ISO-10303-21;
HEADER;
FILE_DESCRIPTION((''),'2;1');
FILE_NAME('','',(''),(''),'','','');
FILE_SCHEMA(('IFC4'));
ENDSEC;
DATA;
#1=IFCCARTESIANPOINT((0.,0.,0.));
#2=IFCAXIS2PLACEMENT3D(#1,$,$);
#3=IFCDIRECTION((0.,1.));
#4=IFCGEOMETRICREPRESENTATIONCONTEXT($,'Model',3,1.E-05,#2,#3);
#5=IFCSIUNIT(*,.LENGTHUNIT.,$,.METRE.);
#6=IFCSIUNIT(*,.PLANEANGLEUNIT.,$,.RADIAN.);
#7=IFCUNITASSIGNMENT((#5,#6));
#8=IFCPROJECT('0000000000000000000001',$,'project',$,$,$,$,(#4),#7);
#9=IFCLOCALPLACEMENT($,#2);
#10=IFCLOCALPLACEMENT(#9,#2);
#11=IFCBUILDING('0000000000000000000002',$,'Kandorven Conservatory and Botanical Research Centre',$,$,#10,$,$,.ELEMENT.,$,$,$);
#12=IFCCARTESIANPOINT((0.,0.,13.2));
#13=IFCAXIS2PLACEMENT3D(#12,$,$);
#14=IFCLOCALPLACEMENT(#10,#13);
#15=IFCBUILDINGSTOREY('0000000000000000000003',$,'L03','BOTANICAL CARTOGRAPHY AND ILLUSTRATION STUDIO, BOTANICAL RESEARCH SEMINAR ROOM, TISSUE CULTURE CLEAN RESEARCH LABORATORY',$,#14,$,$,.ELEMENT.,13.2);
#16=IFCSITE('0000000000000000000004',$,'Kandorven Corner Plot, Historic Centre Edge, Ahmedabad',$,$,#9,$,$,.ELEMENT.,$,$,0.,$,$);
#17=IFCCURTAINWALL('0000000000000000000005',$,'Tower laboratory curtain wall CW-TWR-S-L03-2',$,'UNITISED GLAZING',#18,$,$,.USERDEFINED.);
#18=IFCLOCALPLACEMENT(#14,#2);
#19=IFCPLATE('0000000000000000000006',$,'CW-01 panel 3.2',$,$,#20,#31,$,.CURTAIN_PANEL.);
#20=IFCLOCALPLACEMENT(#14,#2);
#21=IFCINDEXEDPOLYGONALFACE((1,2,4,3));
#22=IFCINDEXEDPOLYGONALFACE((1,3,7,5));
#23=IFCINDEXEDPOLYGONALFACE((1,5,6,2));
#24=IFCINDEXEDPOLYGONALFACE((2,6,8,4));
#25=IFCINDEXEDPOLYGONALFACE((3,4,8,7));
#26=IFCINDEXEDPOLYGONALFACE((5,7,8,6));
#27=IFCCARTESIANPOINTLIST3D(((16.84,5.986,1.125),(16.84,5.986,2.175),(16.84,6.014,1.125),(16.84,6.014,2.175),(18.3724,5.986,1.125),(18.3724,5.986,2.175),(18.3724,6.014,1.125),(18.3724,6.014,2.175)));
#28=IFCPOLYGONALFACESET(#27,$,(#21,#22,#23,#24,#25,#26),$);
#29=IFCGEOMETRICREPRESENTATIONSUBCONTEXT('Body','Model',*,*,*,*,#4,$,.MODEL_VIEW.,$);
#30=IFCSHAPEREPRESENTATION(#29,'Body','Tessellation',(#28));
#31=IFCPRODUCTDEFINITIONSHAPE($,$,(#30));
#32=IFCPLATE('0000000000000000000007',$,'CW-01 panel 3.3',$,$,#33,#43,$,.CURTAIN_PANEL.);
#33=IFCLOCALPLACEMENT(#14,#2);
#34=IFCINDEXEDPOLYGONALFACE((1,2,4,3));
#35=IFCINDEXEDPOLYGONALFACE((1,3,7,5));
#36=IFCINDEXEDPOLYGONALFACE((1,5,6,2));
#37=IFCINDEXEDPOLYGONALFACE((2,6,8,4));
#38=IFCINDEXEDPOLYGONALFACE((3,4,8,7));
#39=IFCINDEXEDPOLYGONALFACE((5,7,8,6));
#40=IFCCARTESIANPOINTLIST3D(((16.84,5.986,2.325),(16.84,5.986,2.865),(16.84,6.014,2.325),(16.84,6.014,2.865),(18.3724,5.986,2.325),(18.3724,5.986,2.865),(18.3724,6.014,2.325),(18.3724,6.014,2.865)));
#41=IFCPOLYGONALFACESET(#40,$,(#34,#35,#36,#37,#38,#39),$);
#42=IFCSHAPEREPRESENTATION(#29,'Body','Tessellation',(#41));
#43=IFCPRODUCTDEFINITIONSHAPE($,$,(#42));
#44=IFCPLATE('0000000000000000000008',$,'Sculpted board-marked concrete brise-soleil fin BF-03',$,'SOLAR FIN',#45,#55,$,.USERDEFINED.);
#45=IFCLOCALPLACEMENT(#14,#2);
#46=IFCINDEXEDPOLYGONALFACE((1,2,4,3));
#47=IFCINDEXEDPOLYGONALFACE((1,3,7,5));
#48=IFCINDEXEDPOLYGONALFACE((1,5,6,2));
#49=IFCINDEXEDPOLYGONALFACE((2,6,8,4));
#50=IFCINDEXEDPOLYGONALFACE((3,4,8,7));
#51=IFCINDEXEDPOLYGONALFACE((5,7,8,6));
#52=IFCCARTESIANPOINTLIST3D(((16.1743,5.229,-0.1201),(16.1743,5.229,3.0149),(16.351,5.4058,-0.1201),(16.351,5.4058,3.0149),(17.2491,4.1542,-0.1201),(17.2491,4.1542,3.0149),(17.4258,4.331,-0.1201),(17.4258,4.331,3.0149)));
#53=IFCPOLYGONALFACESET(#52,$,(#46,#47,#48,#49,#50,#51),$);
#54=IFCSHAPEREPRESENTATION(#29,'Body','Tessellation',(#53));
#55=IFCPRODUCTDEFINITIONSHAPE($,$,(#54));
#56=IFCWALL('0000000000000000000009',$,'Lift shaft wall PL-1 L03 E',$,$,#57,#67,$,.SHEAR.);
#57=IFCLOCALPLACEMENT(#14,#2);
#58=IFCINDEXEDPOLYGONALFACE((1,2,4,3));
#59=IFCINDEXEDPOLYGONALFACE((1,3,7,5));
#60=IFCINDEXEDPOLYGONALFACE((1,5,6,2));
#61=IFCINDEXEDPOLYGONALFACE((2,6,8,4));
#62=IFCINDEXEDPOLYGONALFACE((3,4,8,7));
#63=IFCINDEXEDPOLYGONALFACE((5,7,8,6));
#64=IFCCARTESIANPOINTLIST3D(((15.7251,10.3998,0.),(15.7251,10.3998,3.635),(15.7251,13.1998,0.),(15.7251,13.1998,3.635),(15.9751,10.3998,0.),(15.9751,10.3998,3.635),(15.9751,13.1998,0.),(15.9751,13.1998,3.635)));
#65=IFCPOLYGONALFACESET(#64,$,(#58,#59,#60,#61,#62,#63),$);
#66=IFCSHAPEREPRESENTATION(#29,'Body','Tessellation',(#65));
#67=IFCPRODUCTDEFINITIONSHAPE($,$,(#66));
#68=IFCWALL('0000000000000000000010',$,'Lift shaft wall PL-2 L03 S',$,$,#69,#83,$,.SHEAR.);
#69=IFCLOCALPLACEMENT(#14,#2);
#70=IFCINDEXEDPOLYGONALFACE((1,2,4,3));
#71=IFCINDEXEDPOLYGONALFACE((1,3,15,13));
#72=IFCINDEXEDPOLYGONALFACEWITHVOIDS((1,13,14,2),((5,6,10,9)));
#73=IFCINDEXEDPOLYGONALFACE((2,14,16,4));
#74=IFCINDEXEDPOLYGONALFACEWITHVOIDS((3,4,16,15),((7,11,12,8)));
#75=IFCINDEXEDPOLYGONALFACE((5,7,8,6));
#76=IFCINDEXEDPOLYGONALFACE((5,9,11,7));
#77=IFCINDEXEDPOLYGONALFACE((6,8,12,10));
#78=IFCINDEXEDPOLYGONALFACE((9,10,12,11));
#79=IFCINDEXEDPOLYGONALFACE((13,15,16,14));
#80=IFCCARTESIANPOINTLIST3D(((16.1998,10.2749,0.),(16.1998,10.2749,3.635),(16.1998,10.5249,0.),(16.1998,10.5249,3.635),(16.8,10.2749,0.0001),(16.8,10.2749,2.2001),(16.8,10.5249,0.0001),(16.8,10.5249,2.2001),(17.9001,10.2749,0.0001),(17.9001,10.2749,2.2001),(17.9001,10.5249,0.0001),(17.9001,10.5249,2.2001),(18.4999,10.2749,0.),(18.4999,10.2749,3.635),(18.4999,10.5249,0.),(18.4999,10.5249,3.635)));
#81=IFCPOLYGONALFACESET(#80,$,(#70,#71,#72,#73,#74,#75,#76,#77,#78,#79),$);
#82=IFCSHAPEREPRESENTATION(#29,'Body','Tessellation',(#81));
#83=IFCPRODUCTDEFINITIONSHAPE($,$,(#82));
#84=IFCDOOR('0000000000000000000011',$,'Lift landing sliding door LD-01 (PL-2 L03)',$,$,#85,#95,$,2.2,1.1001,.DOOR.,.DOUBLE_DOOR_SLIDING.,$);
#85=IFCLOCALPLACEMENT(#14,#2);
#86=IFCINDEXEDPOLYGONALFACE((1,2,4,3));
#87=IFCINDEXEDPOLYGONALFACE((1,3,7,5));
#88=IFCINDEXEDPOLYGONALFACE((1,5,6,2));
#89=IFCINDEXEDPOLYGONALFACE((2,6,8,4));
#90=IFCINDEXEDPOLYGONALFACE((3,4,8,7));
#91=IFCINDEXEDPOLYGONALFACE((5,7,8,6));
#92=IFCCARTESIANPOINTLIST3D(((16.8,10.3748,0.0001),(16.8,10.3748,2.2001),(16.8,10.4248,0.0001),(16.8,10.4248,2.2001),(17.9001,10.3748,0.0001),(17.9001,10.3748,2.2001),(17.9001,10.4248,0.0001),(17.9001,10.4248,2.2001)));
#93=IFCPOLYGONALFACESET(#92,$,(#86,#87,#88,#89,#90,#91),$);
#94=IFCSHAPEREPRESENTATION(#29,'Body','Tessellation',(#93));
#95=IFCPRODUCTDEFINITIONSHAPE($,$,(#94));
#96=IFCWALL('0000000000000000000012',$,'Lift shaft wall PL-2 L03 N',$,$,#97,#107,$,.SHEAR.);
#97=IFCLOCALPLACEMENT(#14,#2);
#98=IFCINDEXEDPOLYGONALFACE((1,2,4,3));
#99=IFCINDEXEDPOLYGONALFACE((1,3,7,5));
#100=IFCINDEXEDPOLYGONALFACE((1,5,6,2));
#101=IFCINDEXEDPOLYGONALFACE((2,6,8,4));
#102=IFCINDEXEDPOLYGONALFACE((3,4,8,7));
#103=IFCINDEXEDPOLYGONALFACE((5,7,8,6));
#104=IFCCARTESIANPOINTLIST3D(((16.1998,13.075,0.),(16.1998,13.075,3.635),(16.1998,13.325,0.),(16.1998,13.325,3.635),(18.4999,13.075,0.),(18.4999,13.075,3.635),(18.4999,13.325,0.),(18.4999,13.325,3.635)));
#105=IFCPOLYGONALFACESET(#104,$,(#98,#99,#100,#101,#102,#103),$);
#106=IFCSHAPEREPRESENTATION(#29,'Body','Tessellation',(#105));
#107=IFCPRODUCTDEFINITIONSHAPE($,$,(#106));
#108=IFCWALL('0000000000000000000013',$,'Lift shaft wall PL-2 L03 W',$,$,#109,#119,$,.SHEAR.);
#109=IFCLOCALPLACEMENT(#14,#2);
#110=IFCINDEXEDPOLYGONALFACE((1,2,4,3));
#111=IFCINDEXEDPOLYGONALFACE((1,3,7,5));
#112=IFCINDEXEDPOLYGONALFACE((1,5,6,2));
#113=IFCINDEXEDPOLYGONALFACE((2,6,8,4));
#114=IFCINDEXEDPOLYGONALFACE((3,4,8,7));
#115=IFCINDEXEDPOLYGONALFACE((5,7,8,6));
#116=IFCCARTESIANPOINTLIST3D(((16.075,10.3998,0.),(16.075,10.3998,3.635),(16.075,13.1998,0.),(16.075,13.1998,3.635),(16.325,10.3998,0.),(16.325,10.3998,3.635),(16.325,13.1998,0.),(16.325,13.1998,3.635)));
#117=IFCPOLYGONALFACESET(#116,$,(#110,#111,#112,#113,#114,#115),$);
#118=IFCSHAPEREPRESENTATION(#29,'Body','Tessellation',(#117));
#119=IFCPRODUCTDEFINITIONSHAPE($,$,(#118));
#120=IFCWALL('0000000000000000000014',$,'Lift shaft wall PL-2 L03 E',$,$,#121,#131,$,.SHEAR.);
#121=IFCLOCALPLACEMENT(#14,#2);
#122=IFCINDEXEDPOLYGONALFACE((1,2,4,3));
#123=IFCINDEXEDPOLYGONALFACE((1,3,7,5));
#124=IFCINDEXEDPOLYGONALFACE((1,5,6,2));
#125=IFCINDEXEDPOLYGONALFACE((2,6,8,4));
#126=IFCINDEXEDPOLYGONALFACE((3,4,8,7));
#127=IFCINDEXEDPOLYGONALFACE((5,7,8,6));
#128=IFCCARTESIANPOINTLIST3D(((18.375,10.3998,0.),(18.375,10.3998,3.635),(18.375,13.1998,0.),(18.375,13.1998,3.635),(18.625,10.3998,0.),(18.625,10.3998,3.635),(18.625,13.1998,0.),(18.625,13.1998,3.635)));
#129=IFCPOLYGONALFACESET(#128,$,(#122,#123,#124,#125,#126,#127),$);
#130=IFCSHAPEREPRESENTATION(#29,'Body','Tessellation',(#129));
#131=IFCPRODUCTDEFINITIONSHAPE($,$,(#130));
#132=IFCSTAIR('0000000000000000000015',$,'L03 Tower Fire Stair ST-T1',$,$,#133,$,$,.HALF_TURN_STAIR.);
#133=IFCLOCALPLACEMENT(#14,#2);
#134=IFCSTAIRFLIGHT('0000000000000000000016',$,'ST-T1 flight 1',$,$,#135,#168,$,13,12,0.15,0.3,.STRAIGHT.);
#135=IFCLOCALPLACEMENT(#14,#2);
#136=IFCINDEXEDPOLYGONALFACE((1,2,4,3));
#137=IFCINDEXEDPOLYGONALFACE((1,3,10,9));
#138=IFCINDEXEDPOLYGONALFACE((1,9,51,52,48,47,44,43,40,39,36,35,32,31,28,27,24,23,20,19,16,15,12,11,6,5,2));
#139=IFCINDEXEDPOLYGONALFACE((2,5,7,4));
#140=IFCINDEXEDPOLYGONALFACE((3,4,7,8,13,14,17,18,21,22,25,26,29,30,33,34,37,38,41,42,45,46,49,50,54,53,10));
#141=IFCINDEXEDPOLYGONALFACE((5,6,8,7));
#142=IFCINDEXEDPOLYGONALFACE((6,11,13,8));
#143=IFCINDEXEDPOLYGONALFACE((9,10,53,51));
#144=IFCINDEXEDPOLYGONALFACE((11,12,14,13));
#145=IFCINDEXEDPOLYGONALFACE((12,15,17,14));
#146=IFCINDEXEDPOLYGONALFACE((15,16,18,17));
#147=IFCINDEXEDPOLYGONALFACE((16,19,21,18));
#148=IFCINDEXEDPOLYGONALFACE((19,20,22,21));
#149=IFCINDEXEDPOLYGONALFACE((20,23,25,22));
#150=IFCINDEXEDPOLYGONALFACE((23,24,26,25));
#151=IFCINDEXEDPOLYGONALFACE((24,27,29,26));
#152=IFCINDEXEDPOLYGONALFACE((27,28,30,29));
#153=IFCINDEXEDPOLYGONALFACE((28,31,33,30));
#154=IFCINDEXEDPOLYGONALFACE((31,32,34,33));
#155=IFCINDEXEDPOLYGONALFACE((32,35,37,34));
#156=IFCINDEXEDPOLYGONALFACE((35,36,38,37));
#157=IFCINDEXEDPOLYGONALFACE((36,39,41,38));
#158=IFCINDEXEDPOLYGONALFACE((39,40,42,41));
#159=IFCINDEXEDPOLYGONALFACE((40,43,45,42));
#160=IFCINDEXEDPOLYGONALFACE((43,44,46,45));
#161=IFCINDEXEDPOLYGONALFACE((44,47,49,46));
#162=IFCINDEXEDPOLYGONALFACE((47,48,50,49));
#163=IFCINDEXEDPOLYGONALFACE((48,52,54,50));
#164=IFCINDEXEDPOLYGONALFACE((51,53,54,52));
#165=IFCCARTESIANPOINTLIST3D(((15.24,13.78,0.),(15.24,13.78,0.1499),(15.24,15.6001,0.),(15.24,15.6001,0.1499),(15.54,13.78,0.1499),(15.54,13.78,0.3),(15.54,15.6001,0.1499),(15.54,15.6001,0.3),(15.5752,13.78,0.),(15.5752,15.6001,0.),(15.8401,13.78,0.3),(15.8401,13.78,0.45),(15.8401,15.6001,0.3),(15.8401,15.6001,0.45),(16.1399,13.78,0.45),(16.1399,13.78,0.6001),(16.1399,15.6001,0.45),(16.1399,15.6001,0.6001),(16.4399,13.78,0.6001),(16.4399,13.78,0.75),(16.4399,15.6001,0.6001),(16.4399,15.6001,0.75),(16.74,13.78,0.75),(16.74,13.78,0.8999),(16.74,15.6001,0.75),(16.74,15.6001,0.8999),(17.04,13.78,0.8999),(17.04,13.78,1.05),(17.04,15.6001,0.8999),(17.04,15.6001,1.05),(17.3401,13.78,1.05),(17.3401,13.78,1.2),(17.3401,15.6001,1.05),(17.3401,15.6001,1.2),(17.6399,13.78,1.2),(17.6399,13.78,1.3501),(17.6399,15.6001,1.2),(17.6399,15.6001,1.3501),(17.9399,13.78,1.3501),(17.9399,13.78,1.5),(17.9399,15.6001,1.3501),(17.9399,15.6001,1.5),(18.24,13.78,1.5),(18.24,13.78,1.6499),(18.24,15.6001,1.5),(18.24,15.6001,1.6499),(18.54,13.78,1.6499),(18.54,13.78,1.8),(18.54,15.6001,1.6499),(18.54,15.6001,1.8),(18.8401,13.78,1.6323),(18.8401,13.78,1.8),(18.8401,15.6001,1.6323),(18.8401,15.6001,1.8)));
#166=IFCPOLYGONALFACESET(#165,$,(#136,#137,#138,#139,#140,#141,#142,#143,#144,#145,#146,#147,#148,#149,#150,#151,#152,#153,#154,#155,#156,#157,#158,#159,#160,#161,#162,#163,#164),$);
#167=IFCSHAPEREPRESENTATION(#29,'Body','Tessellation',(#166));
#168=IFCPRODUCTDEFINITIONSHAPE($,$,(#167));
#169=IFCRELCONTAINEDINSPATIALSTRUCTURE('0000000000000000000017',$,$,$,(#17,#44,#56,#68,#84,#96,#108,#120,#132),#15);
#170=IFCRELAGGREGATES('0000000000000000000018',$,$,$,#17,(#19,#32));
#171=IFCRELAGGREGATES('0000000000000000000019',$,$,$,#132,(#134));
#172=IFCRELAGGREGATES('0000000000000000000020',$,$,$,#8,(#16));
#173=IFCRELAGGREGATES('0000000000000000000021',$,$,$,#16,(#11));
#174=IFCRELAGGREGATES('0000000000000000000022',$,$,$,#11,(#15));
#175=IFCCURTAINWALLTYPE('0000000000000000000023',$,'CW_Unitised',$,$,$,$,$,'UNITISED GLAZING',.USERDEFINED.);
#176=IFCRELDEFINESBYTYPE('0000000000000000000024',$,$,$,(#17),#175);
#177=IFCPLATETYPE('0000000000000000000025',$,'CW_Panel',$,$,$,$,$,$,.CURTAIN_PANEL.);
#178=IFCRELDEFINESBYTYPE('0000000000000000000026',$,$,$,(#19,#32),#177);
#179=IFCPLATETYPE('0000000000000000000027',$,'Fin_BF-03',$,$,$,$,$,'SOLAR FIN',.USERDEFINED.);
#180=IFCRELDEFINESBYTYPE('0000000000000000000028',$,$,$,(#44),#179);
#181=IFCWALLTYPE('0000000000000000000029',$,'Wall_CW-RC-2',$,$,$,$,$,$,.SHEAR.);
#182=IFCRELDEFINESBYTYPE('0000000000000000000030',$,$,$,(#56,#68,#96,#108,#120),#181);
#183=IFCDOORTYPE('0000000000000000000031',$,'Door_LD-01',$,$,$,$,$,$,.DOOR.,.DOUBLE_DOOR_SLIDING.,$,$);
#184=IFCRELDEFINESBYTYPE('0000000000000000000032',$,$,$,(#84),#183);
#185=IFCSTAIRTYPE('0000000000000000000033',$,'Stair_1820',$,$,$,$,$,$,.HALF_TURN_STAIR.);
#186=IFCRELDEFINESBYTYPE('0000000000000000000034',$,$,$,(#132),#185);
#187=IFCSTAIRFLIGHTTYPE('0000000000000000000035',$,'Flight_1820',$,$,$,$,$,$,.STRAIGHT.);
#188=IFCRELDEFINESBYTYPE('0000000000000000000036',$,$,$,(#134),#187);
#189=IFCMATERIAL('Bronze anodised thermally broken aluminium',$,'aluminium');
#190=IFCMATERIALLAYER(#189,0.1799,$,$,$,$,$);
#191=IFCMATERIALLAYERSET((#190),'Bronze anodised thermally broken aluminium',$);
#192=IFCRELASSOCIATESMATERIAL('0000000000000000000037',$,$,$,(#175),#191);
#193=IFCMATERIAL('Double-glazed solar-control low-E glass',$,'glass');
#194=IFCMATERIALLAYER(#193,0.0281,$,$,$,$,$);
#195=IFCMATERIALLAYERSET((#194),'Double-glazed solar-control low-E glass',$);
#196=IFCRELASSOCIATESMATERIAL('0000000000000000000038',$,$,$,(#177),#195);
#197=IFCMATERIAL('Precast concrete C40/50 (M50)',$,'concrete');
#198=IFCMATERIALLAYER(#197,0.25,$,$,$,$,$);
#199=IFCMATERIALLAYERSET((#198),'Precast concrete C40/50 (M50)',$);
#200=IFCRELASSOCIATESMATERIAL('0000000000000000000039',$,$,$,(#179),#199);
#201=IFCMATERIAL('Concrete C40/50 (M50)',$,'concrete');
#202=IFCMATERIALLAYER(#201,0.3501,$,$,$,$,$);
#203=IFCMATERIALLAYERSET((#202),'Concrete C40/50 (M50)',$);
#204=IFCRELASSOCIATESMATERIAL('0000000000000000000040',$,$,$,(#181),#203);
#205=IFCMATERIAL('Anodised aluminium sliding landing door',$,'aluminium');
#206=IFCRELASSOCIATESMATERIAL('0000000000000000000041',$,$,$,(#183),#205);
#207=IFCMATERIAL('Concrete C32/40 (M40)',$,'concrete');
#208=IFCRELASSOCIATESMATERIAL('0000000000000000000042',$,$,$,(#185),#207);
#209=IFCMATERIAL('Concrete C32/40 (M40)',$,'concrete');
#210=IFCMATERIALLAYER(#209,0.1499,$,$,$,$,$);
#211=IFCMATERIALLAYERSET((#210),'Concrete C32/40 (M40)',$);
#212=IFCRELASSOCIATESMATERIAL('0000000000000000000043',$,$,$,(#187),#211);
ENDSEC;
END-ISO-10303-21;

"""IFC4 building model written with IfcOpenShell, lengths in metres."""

from ifc_helpers import new_model, si_unit, direction, frame, frame_2d, origin, origin_2d, place, context, subcontext, project, spatial, polyline, rectangle, outline, extrude, material, layer, layer_set, type_object, element, fill, aggregate, save


model = new_model("IFC4")

# Units and contexts
model_context = context("Model", 3, precision=1e-05, world=origin(), true_north=direction((0.0, 1.0)))
body_context = subcontext(model_context, "Body", "Model", "MODEL_VIEW")
ifc_project = project(units=[si_unit("LENGTHUNIT", "METRE"), si_unit("PLANEANGLEUNIT", "RADIAN")], contexts=[model_context])

# Site, building, storey
site_placement = place(None, origin())
site = spatial("IfcSite", under=ifc_project, at=site_placement, Name="Kandorven Corner Plot, Historic Centre Edge, Ahmedabad", CompositionType="ELEMENT", RefElevation=0.0)
building_placement = place(site_placement, origin())
building = spatial("IfcBuilding", under=site, at=building_placement, Name="Kandorven Conservatory and Botanical Research Centre", CompositionType="ELEMENT")
storey_placement = place(building_placement, frame((0.0, 0.0, 13.2)))
storey = spatial("IfcBuildingStorey", under=building, at=storey_placement, Name="L03", Description="BOTANICAL CARTOGRAPHY AND ILLUSTRATION STUDIO, BOTANICAL RESEARCH SEMINAR ROOM, TISSUE CULTURE CLEAN RESEARCH LABORATORY", CompositionType="ELEMENT", Elevation=13.2)

# Curtain wall, plates
ifc_material_1 = material(Name="Bronze anodised thermally broken aluminium", Category="aluminium")
ifc_layer_1 = layer(ifc_material_1, 0.1799)
ifc_layer_set_1 = layer_set([ifc_layer_1], Name="Bronze anodised thermally broken aluminium")
curtain_wall_type = type_object("IfcCurtainWallType", Name="CW_Unitised", ElementType="UNITISED GLAZING", PredefinedType="USERDEFINED", material=ifc_layer_set_1)
curtain_wall_placement = place(storey_placement, origin())
curtain_wall = element("IfcCurtainWall", 1, at=curtain_wall_placement, inside=storey, type_object=curtain_wall_type, Name="Tower laboratory curtain wall CW-TWR-S-L03-2", ObjectType="UNITISED GLAZING", PredefinedType="USERDEFINED")
ifc_material_2 = material(Name="Double-glazed solar-control low-E glass", Category="glass")
ifc_layer_2 = layer(ifc_material_2, 0.0281)
ifc_layer_set_2 = layer_set([ifc_layer_2], Name="Double-glazed solar-control low-E glass")
plate_type_1 = type_object("IfcPlateType", Name="CW_Panel", PredefinedType="CURTAIN_PANEL", material=ifc_layer_set_2)
plate_1_placement = place(storey_placement, frame((17.6062, 6.0, 1.125), z_axis=(0.0, 0.0, 1.0), x_axis=(1.0, 0.0, 0.0)))
plate_1 = element("IfcPlate", 2, at=plate_1_placement, type_object=plate_type_1, Name="CW-01 panel 3.2", PredefinedType="CURTAIN_PANEL", context=body_context, shape_type="SweptSolid", body=[
    extrude(rectangle(XDim=1.5325, YDim=0.0281, at=origin_2d()), origin(), (0.0, 0.0, 1.0), 1.05),
])
plate_2_placement = place(storey_placement, frame((17.6062, 6.0, 2.325), z_axis=(0.0, 0.0, 1.0), x_axis=(1.0, 0.0, 0.0)))
plate_2 = element("IfcPlate", 3, at=plate_2_placement, type_object=plate_type_1, Name="CW-01 panel 3.3", PredefinedType="CURTAIN_PANEL", context=body_context, shape_type="SweptSolid", body=[
    extrude(rectangle(XDim=1.5325, YDim=0.0281, at=origin_2d()), origin(), (0.0, 0.0, 1.0), 0.54),
])
aggregate(curtain_wall, [plate_1, plate_2])

# Plate
ifc_material_3 = material(Name="Precast concrete C40/50 (M50)", Category="concrete")
ifc_layer_3 = layer(ifc_material_3, 0.25)
ifc_layer_set_3 = layer_set([ifc_layer_3], Name="Precast concrete C40/50 (M50)")
plate_type_2 = type_object("IfcPlateType", Name="Fin_BF-03", ElementType="SOLAR FIN", PredefinedType="USERDEFINED", material=ifc_layer_set_3)
plate_3_placement = place(storey_placement, frame((16.8, 4.78, -0.1201), z_axis=(0.0, 0.0, 1.0), x_axis=(-0.707107, 0.707107, 0.0)))
element("IfcPlate", 4, at=plate_3_placement, inside=storey, type_object=plate_type_2, Name="Sculpted board-marked concrete brise-soleil fin BF-03", ObjectType="SOLAR FIN", PredefinedType="USERDEFINED", context=body_context, shape_type="SweptSolid", body=[
    extrude(rectangle(XDim=1.52, YDim=0.25, at=origin_2d()), origin(), (0.0, 0.0, 1.0), 3.135),
])

# Wall
ifc_material_4 = material(Name="Concrete C40/50 (M50)", Category="concrete")
ifc_layer_4 = layer(ifc_material_4, 0.3501)
ifc_layer_set_4 = layer_set([ifc_layer_4], Name="Concrete C40/50 (M50)")
wall_type = type_object("IfcWallType", Name="Wall_CW-RC-2", PredefinedType="SHEAR", material=ifc_layer_set_4)
wall_1_placement = place(storey_placement, frame((15.8501, 10.3999, 0.0), z_axis=(0.0, 0.0, 1.0), x_axis=(0.0, 1.0, 0.0)))
element("IfcWall", 5, at=wall_1_placement, inside=storey, type_object=wall_type, Name="Lift shaft wall PL-1 L03 E", PredefinedType="SHEAR", context=body_context, shape_type="SweptSolid", body=[
    extrude(rectangle(XDim=2.8, YDim=0.25, at=frame_2d((1.3999, 0.0))), origin(), (0.0, 0.0, 1.0), 3.635),
])

# Wall, opening, door
wall_2_placement = place(storey_placement, frame((16.2, 10.3999, 0.0), z_axis=(0.0, 0.0, 1.0), x_axis=(1.0, 0.0, 0.0)))
wall_2 = element("IfcWall", 6, at=wall_2_placement, inside=storey, type_object=wall_type, Name="Lift shaft wall PL-2 L03 S", PredefinedType="SHEAR", context=body_context, shape_type="SweptSolid", body=[
    extrude(rectangle(XDim=2.3, YDim=0.25, at=frame_2d((1.1499, 0.0))), origin(), (0.0, 0.0, 1.0), 3.635),
])
opening_placement = place(wall_2_placement, frame((0.6001, 0.0, 0.0)))
opening = element("IfcOpeningElement", 7, at=opening_placement, cuts=wall_2, PredefinedType="OPENING", context=body_context, shape_type="SweptSolid", body=[
    extrude(rectangle(XDim=1.1001, YDim=2.2, at=frame_2d((0.55, 1.1001))), frame((0.0, 0.135, 0.0), z_axis=(0.0, -1.0, 0.0), x_axis=(1.0, 0.0, 0.0)), (0.0, 0.0, 1.0), 0.27),
])
ifc_material_5 = material(Name="Anodised aluminium sliding landing door", Category="aluminium")
door_type = type_object("IfcDoorType", Name="Door_LD-01", OperationType="DOUBLE_DOOR_SLIDING", PredefinedType="DOOR", material=ifc_material_5)
door_placement = place(opening_placement, origin())
door = element("IfcDoor", 8, at=door_placement, inside=storey, type_object=door_type, Name="Lift landing sliding door LD-01 (PL-2 L03)", OperationType="DOUBLE_DOOR_SLIDING", OverallHeight=2.2, OverallWidth=1.1001, PredefinedType="DOOR", context=body_context, shape_type="SweptSolid", body=[
    extrude(rectangle(XDim=1.1001, YDim=2.2, at=frame_2d((0.55, 1.1001))), frame((0.0, 0.0249, 0.0), z_axis=(0.0, -1.0, 0.0), x_axis=(1.0, 0.0, 0.0)), (0.0, 0.0, 1.0), 0.05),
])
fill(opening, door)

# Walls
wall_3_placement = place(storey_placement, frame((16.2, 13.2, 0.0), z_axis=(0.0, 0.0, 1.0), x_axis=(1.0, 0.0, 0.0)))
element("IfcWall", 9, at=wall_3_placement, inside=storey, type_object=wall_type, Name="Lift shaft wall PL-2 L03 N", PredefinedType="SHEAR", context=body_context, shape_type="SweptSolid", body=[
    extrude(rectangle(XDim=2.3, YDim=0.25, at=frame_2d((1.1499, 0.0))), origin(), (0.0, 0.0, 1.0), 3.635),
])
for number, where, z_axis, x_axis, name in (
    (10, (16.2, 10.3999, 0.0), (0.0, 0.0, 1.0), (0.0, 1.0, 0.0), "Lift shaft wall PL-2 L03 W"),
    (11, (18.5, 10.3999, 0.0), (0.0, 0.0, 1.0), (0.0, 1.0, 0.0), "Lift shaft wall PL-2 L03 E"),
):
    element("IfcWall", number, at=place(storey_placement, frame(where, z_axis=z_axis, x_axis=x_axis)), inside=storey, type_object=wall_type, Name=name, PredefinedType="SHEAR", context=body_context, shape_type="SweptSolid", body=[
        extrude(rectangle(XDim=2.8, YDim=0.25, at=frame_2d((1.3999, 0.0))), origin(), (0.0, 0.0, 1.0), 3.635),
    ])

# Stair, stair flight
ifc_material_6 = material(Name="Concrete C32/40 (M40)", Category="concrete")
stair_type = type_object("IfcStairType", Name="Stair_1820", PredefinedType="HALF_TURN_STAIR", material=ifc_material_6)
stair_placement = place(storey_placement, origin())
stair = element("IfcStair", 12, at=stair_placement, inside=storey, type_object=stair_type, Name="L03 Tower Fire Stair ST-T1", PredefinedType="HALF_TURN_STAIR")
ifc_material_7 = material(Name="Concrete C32/40 (M40)", Category="concrete")
ifc_layer_5 = layer(ifc_material_7, 0.1499)
ifc_layer_set_5 = layer_set([ifc_layer_5], Name="Concrete C32/40 (M40)")
stair_flight_type = type_object("IfcStairFlightType", Name="Flight_1820", PredefinedType="STRAIGHT", material=ifc_layer_set_5)
stair_flight_1_placement = place(storey_placement, frame((15.24, 14.6899, 0.0), z_axis=(0.0, 0.0, 1.0), x_axis=(1.0, 0.0, 0.0)))
stair_flight_1 = element("IfcStairFlight", 13, at=stair_flight_1_placement, type_object=stair_flight_type, Name="ST-T1 flight 1", NumberOfRisers=13, NumberOfTreads=12, PredefinedType="STRAIGHT", RiserHeight=0.15, TreadLength=0.3, context=body_context, shape_type="SweptSolid", body=[
    extrude(outline(polyline([(0.0, 0.0), (0.0, 0.1499), (0.3, 0.1499), (0.3, 0.3), (0.6001, 0.3), (0.6001, 0.45), (0.8999, 0.45), (0.8999, 0.6001), (1.2, 0.6001), (1.2, 0.75), (1.5, 0.75), (1.5, 0.8999), (1.8, 0.8999), (1.8, 1.05), (2.1001, 1.05), (2.1001, 1.2), (2.3999, 1.2), (2.3999, 1.3501), (2.7, 1.3501), (2.7, 1.5), (3.0, 1.5), (3.0, 1.6499), (3.3, 1.6499), (3.3, 1.8), (3.6001, 1.8), (3.6001, 1.95), (3.6001, 1.6323), (0.3352, 0.0), (0.0, 0.0)])), frame((0.0, 0.9102, 0.0), z_axis=(0.0, -1.0, 0.0), x_axis=(1.0, 0.0, 0.0)), (0.0, 0.0, 1.0), 1.8201),
])
aggregate(stair, [stair_flight_1])

save(model, "model.ifc")
